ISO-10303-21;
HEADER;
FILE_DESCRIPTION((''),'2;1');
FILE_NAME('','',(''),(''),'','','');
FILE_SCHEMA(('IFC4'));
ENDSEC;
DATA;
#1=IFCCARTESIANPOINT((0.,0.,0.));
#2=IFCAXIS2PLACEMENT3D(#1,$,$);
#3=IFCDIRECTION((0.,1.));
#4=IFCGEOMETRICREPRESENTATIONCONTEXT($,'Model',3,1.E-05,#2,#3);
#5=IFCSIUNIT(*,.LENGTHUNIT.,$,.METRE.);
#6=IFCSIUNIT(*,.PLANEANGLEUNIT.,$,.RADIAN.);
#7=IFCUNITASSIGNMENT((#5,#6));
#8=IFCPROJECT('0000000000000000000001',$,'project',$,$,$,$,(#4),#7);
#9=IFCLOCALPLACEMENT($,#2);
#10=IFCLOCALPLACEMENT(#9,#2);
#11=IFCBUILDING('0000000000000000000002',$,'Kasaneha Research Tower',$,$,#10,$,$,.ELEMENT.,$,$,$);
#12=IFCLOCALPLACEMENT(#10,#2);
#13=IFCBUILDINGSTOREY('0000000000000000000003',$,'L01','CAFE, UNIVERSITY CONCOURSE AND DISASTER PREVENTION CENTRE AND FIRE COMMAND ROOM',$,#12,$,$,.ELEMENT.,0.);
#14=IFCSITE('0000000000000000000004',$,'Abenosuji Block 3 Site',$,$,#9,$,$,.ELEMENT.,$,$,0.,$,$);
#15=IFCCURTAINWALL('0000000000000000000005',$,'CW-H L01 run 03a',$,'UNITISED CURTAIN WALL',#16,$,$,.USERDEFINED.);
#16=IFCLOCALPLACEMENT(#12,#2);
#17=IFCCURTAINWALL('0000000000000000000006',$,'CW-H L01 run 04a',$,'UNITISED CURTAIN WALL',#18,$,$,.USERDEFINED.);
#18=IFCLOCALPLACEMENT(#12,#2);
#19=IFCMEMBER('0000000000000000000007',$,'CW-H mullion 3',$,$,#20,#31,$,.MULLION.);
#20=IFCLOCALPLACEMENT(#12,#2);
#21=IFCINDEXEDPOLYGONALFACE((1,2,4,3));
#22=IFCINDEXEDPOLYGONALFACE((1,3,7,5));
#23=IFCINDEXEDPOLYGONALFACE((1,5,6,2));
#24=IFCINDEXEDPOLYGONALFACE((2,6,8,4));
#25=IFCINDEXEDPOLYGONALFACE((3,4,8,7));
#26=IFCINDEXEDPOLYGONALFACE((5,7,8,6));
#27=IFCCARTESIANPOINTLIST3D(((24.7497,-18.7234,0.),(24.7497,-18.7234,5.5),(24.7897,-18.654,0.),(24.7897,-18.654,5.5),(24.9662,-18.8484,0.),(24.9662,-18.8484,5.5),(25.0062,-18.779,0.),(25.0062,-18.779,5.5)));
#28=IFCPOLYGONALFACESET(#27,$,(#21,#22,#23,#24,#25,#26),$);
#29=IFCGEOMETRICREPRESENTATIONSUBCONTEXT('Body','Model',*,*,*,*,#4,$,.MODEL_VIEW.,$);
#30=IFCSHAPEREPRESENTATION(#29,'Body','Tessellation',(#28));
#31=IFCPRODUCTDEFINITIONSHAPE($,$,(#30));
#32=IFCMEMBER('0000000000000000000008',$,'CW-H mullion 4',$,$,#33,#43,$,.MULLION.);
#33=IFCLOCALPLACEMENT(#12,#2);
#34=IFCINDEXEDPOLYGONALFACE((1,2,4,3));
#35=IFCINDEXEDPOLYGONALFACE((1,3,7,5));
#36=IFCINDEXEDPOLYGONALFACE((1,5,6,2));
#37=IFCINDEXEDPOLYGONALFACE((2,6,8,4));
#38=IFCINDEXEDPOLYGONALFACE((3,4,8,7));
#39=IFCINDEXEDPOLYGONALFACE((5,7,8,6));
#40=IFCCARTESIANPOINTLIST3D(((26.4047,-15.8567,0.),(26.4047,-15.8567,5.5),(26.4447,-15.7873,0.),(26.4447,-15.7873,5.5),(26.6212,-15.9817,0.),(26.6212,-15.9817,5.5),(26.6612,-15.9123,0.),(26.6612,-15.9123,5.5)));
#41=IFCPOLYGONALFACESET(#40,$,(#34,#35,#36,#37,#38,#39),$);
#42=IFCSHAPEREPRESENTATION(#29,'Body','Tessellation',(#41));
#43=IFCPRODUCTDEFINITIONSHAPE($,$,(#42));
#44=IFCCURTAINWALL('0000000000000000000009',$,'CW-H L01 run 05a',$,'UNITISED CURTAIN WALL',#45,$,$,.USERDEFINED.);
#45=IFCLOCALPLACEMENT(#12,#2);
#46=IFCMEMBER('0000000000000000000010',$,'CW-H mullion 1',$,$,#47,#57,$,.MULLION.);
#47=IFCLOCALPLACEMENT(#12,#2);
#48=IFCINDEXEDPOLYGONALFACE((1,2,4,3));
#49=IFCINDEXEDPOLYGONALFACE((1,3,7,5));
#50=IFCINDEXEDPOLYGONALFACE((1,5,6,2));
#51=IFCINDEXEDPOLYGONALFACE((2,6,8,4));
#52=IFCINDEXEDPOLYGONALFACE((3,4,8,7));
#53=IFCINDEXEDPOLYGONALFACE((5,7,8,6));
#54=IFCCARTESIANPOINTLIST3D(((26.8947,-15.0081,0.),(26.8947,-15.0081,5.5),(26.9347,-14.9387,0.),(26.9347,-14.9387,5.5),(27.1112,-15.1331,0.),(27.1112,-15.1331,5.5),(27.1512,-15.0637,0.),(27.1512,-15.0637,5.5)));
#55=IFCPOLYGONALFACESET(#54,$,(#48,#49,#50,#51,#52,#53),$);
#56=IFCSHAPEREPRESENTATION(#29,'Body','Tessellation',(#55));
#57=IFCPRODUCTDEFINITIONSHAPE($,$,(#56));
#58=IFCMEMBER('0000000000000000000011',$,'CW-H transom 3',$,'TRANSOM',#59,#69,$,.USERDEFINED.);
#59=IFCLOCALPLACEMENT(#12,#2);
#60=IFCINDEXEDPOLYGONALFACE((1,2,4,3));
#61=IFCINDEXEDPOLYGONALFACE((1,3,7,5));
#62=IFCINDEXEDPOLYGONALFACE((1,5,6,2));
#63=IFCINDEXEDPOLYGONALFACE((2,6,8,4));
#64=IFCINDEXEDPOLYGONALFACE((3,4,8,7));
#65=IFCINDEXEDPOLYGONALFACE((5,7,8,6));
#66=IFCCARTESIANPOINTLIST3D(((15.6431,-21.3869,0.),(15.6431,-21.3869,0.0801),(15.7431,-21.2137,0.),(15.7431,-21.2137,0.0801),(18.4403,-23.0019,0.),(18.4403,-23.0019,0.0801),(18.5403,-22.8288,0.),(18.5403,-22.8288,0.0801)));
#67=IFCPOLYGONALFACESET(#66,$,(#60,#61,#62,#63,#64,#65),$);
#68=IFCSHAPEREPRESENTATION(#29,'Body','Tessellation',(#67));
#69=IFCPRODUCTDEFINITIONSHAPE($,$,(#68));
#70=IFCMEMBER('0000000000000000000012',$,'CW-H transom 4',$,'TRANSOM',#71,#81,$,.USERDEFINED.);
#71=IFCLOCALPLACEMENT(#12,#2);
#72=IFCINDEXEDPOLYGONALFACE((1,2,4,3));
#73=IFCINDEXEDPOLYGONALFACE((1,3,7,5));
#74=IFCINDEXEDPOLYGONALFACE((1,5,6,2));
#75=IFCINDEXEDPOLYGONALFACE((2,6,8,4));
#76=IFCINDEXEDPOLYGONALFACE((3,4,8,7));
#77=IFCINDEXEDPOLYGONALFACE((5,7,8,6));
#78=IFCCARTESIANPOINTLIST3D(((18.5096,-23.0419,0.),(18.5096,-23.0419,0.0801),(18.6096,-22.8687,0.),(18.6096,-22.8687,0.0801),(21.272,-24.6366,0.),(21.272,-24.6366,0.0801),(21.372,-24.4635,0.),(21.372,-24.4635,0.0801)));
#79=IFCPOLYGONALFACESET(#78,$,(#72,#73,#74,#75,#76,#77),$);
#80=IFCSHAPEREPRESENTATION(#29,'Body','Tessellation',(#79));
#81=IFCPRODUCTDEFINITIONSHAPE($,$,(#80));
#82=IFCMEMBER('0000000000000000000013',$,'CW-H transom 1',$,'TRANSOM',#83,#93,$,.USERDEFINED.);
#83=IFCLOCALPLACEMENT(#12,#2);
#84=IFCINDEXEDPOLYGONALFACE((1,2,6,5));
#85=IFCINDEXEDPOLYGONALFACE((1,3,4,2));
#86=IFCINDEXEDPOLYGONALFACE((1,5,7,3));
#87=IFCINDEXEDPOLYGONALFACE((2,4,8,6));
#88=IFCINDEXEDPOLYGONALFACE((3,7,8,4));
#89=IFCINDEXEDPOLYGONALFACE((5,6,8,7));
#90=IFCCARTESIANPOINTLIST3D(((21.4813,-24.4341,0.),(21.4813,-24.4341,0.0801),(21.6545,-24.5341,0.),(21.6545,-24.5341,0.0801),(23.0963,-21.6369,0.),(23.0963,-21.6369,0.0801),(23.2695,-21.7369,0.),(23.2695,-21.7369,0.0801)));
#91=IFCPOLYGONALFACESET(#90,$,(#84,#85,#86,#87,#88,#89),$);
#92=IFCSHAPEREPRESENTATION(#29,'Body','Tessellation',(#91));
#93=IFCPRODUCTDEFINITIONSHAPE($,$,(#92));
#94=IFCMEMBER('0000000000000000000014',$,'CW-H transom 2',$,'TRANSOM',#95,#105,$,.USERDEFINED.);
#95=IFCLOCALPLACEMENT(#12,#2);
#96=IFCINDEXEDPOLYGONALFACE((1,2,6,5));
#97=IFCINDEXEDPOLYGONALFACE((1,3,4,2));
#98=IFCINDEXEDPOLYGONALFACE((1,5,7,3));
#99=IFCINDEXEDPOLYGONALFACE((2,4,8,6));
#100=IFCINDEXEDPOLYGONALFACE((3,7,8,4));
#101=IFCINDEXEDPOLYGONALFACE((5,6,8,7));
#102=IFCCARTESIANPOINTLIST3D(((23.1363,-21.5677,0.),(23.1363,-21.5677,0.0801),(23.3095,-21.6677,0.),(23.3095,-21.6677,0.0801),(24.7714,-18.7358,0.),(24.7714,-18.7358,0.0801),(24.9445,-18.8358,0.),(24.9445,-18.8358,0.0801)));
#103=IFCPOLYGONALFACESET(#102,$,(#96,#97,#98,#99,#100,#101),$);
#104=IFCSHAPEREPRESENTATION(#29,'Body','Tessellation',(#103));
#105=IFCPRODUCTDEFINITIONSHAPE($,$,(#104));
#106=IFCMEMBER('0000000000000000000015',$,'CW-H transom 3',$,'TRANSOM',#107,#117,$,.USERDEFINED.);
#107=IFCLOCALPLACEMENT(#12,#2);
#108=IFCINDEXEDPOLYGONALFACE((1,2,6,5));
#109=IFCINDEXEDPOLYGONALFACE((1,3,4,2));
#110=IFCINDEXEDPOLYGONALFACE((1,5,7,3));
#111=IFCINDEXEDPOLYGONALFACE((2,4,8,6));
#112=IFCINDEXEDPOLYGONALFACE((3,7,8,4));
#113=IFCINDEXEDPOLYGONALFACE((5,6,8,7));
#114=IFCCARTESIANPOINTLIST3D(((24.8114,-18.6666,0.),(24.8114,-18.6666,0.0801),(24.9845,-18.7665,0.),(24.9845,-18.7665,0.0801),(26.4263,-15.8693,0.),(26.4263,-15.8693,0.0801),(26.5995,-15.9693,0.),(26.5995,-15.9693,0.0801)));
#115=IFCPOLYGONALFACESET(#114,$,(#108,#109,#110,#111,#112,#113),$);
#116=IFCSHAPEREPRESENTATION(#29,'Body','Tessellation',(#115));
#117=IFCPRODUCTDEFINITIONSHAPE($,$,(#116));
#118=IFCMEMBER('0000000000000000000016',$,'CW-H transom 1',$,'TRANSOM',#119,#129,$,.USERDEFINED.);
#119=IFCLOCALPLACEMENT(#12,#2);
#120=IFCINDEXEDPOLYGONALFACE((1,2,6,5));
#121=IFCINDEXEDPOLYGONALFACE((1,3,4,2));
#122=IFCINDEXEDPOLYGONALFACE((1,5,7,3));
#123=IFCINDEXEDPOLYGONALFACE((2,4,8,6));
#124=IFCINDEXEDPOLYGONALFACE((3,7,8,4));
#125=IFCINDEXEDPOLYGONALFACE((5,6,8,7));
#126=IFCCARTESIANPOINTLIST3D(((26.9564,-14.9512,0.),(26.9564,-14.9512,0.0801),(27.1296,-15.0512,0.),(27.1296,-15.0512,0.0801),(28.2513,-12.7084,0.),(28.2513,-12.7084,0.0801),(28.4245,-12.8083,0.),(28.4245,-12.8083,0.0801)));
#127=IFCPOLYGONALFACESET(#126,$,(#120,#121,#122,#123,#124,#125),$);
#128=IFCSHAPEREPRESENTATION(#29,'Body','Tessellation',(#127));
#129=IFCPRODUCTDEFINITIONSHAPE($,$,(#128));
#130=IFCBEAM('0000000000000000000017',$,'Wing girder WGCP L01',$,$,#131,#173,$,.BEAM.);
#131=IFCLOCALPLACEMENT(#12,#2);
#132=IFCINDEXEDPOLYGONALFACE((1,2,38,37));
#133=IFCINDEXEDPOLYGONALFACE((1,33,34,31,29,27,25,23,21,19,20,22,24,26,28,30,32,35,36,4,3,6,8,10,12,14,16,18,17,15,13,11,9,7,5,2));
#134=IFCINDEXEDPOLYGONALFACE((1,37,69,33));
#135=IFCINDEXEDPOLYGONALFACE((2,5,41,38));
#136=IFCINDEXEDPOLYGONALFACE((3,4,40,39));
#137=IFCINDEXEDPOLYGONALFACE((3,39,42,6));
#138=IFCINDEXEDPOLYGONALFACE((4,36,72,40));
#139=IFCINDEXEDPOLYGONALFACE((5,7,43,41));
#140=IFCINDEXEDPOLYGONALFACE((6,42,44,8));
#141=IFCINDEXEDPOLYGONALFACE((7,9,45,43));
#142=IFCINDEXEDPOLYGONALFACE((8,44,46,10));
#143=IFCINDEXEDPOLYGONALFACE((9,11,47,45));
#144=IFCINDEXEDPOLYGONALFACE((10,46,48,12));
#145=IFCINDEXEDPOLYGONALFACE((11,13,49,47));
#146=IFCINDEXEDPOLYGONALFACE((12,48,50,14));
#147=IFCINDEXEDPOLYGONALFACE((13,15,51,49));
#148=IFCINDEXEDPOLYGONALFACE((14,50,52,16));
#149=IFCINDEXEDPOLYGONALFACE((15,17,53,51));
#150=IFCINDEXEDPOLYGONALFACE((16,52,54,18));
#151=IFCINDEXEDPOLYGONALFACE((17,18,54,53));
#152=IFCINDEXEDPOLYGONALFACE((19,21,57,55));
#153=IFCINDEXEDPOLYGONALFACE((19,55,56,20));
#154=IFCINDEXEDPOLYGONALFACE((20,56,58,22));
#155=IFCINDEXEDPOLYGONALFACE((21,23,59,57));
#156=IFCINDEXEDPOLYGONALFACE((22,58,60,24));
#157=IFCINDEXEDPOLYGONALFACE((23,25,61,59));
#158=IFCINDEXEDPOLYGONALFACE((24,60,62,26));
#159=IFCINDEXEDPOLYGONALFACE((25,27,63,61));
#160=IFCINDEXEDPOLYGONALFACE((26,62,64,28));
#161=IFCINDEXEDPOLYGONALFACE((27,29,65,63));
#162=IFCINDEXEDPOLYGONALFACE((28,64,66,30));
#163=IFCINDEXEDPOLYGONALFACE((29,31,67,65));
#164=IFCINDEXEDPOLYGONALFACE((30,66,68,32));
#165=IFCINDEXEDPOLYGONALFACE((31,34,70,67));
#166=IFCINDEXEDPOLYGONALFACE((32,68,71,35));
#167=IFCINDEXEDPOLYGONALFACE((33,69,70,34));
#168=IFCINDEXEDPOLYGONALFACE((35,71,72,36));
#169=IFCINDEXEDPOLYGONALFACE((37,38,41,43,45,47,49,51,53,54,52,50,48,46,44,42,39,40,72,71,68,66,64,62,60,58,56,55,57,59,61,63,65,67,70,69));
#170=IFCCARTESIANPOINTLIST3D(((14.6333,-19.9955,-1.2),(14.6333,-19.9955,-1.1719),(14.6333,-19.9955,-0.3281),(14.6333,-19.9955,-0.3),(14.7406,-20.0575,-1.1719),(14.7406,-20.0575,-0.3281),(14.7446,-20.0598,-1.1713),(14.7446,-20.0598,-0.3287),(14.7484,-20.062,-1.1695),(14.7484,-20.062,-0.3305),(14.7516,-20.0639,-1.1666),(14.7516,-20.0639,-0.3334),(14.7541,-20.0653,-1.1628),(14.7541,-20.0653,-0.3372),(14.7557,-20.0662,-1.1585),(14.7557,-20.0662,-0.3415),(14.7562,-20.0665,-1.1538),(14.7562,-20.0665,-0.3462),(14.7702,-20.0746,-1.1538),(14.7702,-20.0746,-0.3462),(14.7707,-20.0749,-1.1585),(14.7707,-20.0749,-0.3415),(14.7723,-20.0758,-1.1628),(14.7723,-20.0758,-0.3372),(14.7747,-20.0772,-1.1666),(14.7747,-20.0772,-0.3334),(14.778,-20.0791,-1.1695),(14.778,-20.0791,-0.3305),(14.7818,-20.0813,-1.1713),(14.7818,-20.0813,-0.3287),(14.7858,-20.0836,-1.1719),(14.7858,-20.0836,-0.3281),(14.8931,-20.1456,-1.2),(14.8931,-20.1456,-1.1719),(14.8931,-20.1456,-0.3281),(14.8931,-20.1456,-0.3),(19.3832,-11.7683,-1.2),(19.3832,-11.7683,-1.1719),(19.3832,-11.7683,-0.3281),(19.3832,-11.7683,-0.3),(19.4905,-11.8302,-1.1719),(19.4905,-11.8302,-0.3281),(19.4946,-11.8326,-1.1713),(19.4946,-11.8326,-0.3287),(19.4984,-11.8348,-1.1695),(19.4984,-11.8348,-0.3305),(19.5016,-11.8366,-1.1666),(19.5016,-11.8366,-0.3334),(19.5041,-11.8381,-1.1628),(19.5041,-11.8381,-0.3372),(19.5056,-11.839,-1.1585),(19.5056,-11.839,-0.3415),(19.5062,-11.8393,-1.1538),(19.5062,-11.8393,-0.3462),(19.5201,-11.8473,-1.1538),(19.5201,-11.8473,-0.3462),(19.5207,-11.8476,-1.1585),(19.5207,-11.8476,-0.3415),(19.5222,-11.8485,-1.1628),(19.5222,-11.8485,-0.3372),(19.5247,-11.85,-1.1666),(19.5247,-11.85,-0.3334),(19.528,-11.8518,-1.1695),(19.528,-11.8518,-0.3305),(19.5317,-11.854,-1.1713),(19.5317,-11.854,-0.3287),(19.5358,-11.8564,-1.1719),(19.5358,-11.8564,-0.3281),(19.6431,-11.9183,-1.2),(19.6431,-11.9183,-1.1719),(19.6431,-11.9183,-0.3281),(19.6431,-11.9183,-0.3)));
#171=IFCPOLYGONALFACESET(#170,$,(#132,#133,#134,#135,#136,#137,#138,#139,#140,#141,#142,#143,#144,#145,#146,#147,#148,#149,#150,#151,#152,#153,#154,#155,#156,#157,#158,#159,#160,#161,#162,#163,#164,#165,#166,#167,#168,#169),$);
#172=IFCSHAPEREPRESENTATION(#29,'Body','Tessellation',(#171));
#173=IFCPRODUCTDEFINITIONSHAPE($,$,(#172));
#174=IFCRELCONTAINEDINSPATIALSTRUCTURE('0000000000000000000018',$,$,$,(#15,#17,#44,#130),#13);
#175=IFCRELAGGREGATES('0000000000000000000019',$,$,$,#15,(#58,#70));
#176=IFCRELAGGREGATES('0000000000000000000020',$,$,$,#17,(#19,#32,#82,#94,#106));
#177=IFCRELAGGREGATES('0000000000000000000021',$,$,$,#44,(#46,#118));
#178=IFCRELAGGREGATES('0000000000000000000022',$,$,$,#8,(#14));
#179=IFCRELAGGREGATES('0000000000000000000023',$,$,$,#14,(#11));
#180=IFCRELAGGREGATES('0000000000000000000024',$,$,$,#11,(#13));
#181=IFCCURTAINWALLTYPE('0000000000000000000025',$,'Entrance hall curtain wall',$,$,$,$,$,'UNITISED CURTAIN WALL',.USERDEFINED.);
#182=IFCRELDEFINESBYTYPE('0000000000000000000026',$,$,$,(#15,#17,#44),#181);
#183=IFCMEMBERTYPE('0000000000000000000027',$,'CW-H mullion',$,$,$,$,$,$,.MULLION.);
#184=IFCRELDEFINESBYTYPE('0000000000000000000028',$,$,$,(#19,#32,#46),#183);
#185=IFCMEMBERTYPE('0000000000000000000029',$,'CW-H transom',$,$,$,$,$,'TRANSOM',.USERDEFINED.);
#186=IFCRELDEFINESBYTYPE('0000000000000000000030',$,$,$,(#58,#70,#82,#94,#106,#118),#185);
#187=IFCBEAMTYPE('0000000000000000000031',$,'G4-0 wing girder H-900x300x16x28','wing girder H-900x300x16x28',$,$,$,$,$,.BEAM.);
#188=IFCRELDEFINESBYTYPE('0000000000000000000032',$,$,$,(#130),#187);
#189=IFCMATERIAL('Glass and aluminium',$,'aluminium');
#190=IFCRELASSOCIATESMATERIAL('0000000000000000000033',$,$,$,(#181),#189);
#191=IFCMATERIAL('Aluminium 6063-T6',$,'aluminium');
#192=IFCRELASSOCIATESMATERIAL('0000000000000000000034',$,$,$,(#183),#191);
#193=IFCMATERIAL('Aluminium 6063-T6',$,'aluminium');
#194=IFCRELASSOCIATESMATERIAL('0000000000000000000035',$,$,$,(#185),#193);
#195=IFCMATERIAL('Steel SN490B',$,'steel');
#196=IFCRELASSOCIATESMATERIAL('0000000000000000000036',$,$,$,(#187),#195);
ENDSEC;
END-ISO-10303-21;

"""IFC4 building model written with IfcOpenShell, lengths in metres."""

from ifc_helpers import new_model, si_unit, direction, frame, origin, origin_2d, place, context, subcontext, project, spatial, rectangle, i_section, extrude, material, material_profile, profile_set, type_object, element, aggregate, save


model = new_model("IFC4")

# Units and contexts
model_context = context("Model", 3, precision=1e-05, world=origin(), true_north=direction((0.0, 1.0)))
body_context = subcontext(model_context, "Body", "Model", "MODEL_VIEW")
ifc_project = project(units=[si_unit("LENGTHUNIT", "METRE"), si_unit("PLANEANGLEUNIT", "RADIAN")], contexts=[model_context])

# Site, building, storey
site_placement = place(None, origin())
site = spatial("IfcSite", under=ifc_project, at=site_placement, Name="Abenosuji Block 3 Site", CompositionType="ELEMENT", RefElevation=0.0)
building_placement = place(site_placement, origin())
building = spatial("IfcBuilding", under=site, at=building_placement, Name="Kasaneha Research Tower", CompositionType="ELEMENT")
storey_placement = place(building_placement, origin())
storey = spatial("IfcBuildingStorey", under=building, at=storey_placement, Name="L01", Description="CAFE, UNIVERSITY CONCOURSE AND DISASTER PREVENTION CENTRE AND FIRE COMMAND ROOM", CompositionType="ELEMENT", Elevation=0.0)

# Curtain walls, members
ifc_material_1 = material(Name="Glass and aluminium", Category="aluminium")
curtain_wall_type = type_object("IfcCurtainWallType", Name="Entrance hall curtain wall", ElementType="UNITISED CURTAIN WALL", PredefinedType="USERDEFINED", material=ifc_material_1)
curtain_wall_1_placement = place(storey_placement, origin())
curtain_wall_1 = element("IfcCurtainWall", 1, at=curtain_wall_1_placement, inside=storey, type_object=curtain_wall_type, Name="CW-H L01 run 03a", ObjectType="UNITISED CURTAIN WALL", PredefinedType="USERDEFINED")
ifc_material_2 = material(Name="Aluminium 6063-T6", Category="aluminium")
ifc_material_profile_1 = material_profile(ifc_material_2, rectangle(XDim=0.0801, YDim=0.25, at=origin_2d()), Name="CW-H mullion 80x250")
ifc_profile_set_1 = profile_set([ifc_material_profile_1], Name="Aluminium 6063-T6")
member_type_1 = type_object("IfcMemberType", Name="CW-H mullion", PredefinedType="MULLION", material=ifc_profile_set_1)
curtain_wall_2_placement = place(storey_placement, origin())
curtain_wall_2 = element("IfcCurtainWall", 2, at=curtain_wall_2_placement, inside=storey, type_object=curtain_wall_type, Name="CW-H L01 run 04a", ObjectType="UNITISED CURTAIN WALL", PredefinedType="USERDEFINED")
member_1_placement = place(storey_placement, frame((24.8779, -18.7512, 0.0), z_axis=(0.0, 0.0, 1.0), x_axis=(0.5, 0.866025, 0.0)))
member_1 = element("IfcMember", 3, at=member_1_placement, type_object=member_type_1, Name="CW-H mullion 3", PredefinedType="MULLION", context=body_context, shape_type="SweptSolid", body=[
    extrude(rectangle(XDim=0.0801, YDim=0.25, at=origin_2d()), origin(), (0.0, 0.0, 1.0), 5.5),
])
member_2_placement = place(storey_placement, frame((26.533, -15.8845, 0.0), z_axis=(0.0, 0.0, 1.0), x_axis=(0.5, 0.866025, 0.0)))
member_2 = element("IfcMember", 4, at=member_2_placement, type_object=member_type_1, Name="CW-H mullion 4", PredefinedType="MULLION", context=body_context, shape_type="SweptSolid", body=[
    extrude(rectangle(XDim=0.0801, YDim=0.25, at=origin_2d()), origin(), (0.0, 0.0, 1.0), 5.5),
])

# Curtain wall, member
curtain_wall_3_placement = place(storey_placement, origin())
curtain_wall_3 = element("IfcCurtainWall", 5, at=curtain_wall_3_placement, inside=storey, type_object=curtain_wall_type, Name="CW-H L01 run 05a", ObjectType="UNITISED CURTAIN WALL", PredefinedType="USERDEFINED")
member_3_placement = place(storey_placement, frame((27.0229, -15.0359, 0.0), z_axis=(0.0, 0.0, 1.0), x_axis=(0.5, 0.866025, 0.0)))
member_3 = element("IfcMember", 6, at=member_3_placement, type_object=member_type_1, Name="CW-H mullion 1", PredefinedType="MULLION", context=body_context, shape_type="SweptSolid", body=[
    extrude(rectangle(XDim=0.0801, YDim=0.25, at=origin_2d()), origin(), (0.0, 0.0, 1.0), 5.5),
])

# Members
ifc_material_3 = material(Name="Aluminium 6063-T6", Category="aluminium")
ifc_material_profile_2 = material_profile(ifc_material_3, rectangle(XDim=0.2, YDim=0.0801, at=origin_2d()), Name="CW-H transom 200x80")
ifc_profile_set_2 = profile_set([ifc_material_profile_2], Name="Aluminium 6063-T6")
member_type_2 = type_object("IfcMemberType", Name="CW-H transom", ElementType="TRANSOM", PredefinedType="USERDEFINED", material=ifc_profile_set_2)
member_4_placement = place(storey_placement, frame((15.6931, -21.3003, 0.04), z_axis=(0.866016, -0.500017, 0.0), x_axis=(0.500017, 0.866016, 0.0)))
member_4 = element("IfcMember", 7, at=member_4_placement, type_object=member_type_2, Name="CW-H transom 3", ObjectType="TRANSOM", PredefinedType="USERDEFINED", context=body_context, shape_type="SweptSolid", body=[
    extrude(rectangle(XDim=0.2, YDim=0.0801, at=origin_2d()), origin(), (0.0, 0.0, 1.0), 3.23),
])
member_5_placement = place(storey_placement, frame((18.5596, -22.9553, 0.04), z_axis=(0.866049, -0.499959, 0.0), x_axis=(0.499959, 0.866049, 0.0)))
member_5 = element("IfcMember", 8, at=member_5_placement, type_object=member_type_2, Name="CW-H transom 4", ObjectType="TRANSOM", PredefinedType="USERDEFINED", context=body_context, shape_type="SweptSolid", body=[
    extrude(rectangle(XDim=0.2, YDim=0.0801, at=origin_2d()), origin(), (0.0, 0.0, 1.0), 3.1897),
])
member_6_placement = place(storey_placement, frame((21.5679, -24.4841, 0.04), z_axis=(0.500017, 0.866016, 0.0), x_axis=(-0.866016, 0.500017, 0.0)))
member_6 = element("IfcMember", 9, at=member_6_placement, type_object=member_type_2, Name="CW-H transom 1", ObjectType="TRANSOM", PredefinedType="USERDEFINED", context=body_context, shape_type="SweptSolid", body=[
    extrude(rectangle(XDim=0.2, YDim=0.0801, at=origin_2d()), origin(), (0.0, 0.0, 1.0), 3.23),
])
member_7_placement = place(storey_placement, frame((23.2229, -21.6177, 0.04), z_axis=(0.500018, 0.866015, 0.0), x_axis=(-0.866015, 0.500018, 0.0)))
member_7 = element("IfcMember", 10, at=member_7_placement, type_object=member_type_2, Name="CW-H transom 2", ObjectType="TRANSOM", PredefinedType="USERDEFINED", context=body_context, shape_type="SweptSolid", body=[
    extrude(rectangle(XDim=0.2, YDim=0.0801, at=origin_2d()), origin(), (0.0, 0.0, 1.0), 3.27),
])
member_8_placement = place(storey_placement, frame((24.8979, -18.7166, 0.04), z_axis=(0.499984, 0.866035, 0.0), x_axis=(-0.866035, 0.499984, 0.0)))
member_8 = element("IfcMember", 11, at=member_8_placement, type_object=member_type_2, Name="CW-H transom 3", ObjectType="TRANSOM", PredefinedType="USERDEFINED", context=body_context, shape_type="SweptSolid", body=[
    extrude(rectangle(XDim=0.2, YDim=0.0801, at=origin_2d()), origin(), (0.0, 0.0, 1.0), 3.23),
])
member_9_placement = place(storey_placement, frame((27.043, -15.0012, 0.04), z_axis=(0.499992, 0.86603, 0.0), x_axis=(-0.86603, 0.499992, 0.0)))
member_9 = element("IfcMember", 12, at=member_9_placement, type_object=member_type_2, Name="CW-H transom 1", ObjectType="TRANSOM", PredefinedType="USERDEFINED", context=body_context, shape_type="SweptSolid", body=[
    extrude(rectangle(XDim=0.2, YDim=0.0801, at=origin_2d()), origin(), (0.0, 0.0, 1.0), 2.5898),
])

# Beam
ifc_material_4 = material(Name="Steel SN490B", Category="steel")
ifc_material_profile_3 = material_profile(ifc_material_4, i_section(OverallWidth=0.3, OverallDepth=0.8999, WebThickness=0.0161, FlangeThickness=0.0281, FilletRadius=0.0181, at=origin_2d()), Name="H-900x300x16x28")
ifc_profile_set_3 = profile_set([ifc_material_profile_3], Name="Steel SN490B")
beam_type_1 = type_object("IfcBeamType", Name="G4-0 wing girder H-900x300x16x28", Description="wing girder H-900x300x16x28", PredefinedType="BEAM", material=ifc_profile_set_3)
beam_1_placement = place(storey_placement, frame((14.7632, -20.0706, -0.75), z_axis=(0.499998, 0.866027, 0.0), x_axis=(-0.866027, 0.499998, 0.0)))
element("IfcBeam", 13, at=beam_1_placement, inside=storey, type_object=beam_type_1, Name="Wing girder WGCP L01", PredefinedType="BEAM", context=body_context, shape_type="SweptSolid", body=[
    extrude(i_section(OverallWidth=0.3, OverallDepth=0.8999, WebThickness=0.0161, FlangeThickness=0.0281, FilletRadius=0.0181, at=origin_2d()), origin(), (0.0, 0.0, 1.0), 9.5),
])

aggregate(curtain_wall_1, [member_4, member_5])
aggregate(curtain_wall_2, [member_1, member_2, member_6, member_7, member_8])
aggregate(curtain_wall_3, [member_3, member_9])

save(model, "model.ifc")
